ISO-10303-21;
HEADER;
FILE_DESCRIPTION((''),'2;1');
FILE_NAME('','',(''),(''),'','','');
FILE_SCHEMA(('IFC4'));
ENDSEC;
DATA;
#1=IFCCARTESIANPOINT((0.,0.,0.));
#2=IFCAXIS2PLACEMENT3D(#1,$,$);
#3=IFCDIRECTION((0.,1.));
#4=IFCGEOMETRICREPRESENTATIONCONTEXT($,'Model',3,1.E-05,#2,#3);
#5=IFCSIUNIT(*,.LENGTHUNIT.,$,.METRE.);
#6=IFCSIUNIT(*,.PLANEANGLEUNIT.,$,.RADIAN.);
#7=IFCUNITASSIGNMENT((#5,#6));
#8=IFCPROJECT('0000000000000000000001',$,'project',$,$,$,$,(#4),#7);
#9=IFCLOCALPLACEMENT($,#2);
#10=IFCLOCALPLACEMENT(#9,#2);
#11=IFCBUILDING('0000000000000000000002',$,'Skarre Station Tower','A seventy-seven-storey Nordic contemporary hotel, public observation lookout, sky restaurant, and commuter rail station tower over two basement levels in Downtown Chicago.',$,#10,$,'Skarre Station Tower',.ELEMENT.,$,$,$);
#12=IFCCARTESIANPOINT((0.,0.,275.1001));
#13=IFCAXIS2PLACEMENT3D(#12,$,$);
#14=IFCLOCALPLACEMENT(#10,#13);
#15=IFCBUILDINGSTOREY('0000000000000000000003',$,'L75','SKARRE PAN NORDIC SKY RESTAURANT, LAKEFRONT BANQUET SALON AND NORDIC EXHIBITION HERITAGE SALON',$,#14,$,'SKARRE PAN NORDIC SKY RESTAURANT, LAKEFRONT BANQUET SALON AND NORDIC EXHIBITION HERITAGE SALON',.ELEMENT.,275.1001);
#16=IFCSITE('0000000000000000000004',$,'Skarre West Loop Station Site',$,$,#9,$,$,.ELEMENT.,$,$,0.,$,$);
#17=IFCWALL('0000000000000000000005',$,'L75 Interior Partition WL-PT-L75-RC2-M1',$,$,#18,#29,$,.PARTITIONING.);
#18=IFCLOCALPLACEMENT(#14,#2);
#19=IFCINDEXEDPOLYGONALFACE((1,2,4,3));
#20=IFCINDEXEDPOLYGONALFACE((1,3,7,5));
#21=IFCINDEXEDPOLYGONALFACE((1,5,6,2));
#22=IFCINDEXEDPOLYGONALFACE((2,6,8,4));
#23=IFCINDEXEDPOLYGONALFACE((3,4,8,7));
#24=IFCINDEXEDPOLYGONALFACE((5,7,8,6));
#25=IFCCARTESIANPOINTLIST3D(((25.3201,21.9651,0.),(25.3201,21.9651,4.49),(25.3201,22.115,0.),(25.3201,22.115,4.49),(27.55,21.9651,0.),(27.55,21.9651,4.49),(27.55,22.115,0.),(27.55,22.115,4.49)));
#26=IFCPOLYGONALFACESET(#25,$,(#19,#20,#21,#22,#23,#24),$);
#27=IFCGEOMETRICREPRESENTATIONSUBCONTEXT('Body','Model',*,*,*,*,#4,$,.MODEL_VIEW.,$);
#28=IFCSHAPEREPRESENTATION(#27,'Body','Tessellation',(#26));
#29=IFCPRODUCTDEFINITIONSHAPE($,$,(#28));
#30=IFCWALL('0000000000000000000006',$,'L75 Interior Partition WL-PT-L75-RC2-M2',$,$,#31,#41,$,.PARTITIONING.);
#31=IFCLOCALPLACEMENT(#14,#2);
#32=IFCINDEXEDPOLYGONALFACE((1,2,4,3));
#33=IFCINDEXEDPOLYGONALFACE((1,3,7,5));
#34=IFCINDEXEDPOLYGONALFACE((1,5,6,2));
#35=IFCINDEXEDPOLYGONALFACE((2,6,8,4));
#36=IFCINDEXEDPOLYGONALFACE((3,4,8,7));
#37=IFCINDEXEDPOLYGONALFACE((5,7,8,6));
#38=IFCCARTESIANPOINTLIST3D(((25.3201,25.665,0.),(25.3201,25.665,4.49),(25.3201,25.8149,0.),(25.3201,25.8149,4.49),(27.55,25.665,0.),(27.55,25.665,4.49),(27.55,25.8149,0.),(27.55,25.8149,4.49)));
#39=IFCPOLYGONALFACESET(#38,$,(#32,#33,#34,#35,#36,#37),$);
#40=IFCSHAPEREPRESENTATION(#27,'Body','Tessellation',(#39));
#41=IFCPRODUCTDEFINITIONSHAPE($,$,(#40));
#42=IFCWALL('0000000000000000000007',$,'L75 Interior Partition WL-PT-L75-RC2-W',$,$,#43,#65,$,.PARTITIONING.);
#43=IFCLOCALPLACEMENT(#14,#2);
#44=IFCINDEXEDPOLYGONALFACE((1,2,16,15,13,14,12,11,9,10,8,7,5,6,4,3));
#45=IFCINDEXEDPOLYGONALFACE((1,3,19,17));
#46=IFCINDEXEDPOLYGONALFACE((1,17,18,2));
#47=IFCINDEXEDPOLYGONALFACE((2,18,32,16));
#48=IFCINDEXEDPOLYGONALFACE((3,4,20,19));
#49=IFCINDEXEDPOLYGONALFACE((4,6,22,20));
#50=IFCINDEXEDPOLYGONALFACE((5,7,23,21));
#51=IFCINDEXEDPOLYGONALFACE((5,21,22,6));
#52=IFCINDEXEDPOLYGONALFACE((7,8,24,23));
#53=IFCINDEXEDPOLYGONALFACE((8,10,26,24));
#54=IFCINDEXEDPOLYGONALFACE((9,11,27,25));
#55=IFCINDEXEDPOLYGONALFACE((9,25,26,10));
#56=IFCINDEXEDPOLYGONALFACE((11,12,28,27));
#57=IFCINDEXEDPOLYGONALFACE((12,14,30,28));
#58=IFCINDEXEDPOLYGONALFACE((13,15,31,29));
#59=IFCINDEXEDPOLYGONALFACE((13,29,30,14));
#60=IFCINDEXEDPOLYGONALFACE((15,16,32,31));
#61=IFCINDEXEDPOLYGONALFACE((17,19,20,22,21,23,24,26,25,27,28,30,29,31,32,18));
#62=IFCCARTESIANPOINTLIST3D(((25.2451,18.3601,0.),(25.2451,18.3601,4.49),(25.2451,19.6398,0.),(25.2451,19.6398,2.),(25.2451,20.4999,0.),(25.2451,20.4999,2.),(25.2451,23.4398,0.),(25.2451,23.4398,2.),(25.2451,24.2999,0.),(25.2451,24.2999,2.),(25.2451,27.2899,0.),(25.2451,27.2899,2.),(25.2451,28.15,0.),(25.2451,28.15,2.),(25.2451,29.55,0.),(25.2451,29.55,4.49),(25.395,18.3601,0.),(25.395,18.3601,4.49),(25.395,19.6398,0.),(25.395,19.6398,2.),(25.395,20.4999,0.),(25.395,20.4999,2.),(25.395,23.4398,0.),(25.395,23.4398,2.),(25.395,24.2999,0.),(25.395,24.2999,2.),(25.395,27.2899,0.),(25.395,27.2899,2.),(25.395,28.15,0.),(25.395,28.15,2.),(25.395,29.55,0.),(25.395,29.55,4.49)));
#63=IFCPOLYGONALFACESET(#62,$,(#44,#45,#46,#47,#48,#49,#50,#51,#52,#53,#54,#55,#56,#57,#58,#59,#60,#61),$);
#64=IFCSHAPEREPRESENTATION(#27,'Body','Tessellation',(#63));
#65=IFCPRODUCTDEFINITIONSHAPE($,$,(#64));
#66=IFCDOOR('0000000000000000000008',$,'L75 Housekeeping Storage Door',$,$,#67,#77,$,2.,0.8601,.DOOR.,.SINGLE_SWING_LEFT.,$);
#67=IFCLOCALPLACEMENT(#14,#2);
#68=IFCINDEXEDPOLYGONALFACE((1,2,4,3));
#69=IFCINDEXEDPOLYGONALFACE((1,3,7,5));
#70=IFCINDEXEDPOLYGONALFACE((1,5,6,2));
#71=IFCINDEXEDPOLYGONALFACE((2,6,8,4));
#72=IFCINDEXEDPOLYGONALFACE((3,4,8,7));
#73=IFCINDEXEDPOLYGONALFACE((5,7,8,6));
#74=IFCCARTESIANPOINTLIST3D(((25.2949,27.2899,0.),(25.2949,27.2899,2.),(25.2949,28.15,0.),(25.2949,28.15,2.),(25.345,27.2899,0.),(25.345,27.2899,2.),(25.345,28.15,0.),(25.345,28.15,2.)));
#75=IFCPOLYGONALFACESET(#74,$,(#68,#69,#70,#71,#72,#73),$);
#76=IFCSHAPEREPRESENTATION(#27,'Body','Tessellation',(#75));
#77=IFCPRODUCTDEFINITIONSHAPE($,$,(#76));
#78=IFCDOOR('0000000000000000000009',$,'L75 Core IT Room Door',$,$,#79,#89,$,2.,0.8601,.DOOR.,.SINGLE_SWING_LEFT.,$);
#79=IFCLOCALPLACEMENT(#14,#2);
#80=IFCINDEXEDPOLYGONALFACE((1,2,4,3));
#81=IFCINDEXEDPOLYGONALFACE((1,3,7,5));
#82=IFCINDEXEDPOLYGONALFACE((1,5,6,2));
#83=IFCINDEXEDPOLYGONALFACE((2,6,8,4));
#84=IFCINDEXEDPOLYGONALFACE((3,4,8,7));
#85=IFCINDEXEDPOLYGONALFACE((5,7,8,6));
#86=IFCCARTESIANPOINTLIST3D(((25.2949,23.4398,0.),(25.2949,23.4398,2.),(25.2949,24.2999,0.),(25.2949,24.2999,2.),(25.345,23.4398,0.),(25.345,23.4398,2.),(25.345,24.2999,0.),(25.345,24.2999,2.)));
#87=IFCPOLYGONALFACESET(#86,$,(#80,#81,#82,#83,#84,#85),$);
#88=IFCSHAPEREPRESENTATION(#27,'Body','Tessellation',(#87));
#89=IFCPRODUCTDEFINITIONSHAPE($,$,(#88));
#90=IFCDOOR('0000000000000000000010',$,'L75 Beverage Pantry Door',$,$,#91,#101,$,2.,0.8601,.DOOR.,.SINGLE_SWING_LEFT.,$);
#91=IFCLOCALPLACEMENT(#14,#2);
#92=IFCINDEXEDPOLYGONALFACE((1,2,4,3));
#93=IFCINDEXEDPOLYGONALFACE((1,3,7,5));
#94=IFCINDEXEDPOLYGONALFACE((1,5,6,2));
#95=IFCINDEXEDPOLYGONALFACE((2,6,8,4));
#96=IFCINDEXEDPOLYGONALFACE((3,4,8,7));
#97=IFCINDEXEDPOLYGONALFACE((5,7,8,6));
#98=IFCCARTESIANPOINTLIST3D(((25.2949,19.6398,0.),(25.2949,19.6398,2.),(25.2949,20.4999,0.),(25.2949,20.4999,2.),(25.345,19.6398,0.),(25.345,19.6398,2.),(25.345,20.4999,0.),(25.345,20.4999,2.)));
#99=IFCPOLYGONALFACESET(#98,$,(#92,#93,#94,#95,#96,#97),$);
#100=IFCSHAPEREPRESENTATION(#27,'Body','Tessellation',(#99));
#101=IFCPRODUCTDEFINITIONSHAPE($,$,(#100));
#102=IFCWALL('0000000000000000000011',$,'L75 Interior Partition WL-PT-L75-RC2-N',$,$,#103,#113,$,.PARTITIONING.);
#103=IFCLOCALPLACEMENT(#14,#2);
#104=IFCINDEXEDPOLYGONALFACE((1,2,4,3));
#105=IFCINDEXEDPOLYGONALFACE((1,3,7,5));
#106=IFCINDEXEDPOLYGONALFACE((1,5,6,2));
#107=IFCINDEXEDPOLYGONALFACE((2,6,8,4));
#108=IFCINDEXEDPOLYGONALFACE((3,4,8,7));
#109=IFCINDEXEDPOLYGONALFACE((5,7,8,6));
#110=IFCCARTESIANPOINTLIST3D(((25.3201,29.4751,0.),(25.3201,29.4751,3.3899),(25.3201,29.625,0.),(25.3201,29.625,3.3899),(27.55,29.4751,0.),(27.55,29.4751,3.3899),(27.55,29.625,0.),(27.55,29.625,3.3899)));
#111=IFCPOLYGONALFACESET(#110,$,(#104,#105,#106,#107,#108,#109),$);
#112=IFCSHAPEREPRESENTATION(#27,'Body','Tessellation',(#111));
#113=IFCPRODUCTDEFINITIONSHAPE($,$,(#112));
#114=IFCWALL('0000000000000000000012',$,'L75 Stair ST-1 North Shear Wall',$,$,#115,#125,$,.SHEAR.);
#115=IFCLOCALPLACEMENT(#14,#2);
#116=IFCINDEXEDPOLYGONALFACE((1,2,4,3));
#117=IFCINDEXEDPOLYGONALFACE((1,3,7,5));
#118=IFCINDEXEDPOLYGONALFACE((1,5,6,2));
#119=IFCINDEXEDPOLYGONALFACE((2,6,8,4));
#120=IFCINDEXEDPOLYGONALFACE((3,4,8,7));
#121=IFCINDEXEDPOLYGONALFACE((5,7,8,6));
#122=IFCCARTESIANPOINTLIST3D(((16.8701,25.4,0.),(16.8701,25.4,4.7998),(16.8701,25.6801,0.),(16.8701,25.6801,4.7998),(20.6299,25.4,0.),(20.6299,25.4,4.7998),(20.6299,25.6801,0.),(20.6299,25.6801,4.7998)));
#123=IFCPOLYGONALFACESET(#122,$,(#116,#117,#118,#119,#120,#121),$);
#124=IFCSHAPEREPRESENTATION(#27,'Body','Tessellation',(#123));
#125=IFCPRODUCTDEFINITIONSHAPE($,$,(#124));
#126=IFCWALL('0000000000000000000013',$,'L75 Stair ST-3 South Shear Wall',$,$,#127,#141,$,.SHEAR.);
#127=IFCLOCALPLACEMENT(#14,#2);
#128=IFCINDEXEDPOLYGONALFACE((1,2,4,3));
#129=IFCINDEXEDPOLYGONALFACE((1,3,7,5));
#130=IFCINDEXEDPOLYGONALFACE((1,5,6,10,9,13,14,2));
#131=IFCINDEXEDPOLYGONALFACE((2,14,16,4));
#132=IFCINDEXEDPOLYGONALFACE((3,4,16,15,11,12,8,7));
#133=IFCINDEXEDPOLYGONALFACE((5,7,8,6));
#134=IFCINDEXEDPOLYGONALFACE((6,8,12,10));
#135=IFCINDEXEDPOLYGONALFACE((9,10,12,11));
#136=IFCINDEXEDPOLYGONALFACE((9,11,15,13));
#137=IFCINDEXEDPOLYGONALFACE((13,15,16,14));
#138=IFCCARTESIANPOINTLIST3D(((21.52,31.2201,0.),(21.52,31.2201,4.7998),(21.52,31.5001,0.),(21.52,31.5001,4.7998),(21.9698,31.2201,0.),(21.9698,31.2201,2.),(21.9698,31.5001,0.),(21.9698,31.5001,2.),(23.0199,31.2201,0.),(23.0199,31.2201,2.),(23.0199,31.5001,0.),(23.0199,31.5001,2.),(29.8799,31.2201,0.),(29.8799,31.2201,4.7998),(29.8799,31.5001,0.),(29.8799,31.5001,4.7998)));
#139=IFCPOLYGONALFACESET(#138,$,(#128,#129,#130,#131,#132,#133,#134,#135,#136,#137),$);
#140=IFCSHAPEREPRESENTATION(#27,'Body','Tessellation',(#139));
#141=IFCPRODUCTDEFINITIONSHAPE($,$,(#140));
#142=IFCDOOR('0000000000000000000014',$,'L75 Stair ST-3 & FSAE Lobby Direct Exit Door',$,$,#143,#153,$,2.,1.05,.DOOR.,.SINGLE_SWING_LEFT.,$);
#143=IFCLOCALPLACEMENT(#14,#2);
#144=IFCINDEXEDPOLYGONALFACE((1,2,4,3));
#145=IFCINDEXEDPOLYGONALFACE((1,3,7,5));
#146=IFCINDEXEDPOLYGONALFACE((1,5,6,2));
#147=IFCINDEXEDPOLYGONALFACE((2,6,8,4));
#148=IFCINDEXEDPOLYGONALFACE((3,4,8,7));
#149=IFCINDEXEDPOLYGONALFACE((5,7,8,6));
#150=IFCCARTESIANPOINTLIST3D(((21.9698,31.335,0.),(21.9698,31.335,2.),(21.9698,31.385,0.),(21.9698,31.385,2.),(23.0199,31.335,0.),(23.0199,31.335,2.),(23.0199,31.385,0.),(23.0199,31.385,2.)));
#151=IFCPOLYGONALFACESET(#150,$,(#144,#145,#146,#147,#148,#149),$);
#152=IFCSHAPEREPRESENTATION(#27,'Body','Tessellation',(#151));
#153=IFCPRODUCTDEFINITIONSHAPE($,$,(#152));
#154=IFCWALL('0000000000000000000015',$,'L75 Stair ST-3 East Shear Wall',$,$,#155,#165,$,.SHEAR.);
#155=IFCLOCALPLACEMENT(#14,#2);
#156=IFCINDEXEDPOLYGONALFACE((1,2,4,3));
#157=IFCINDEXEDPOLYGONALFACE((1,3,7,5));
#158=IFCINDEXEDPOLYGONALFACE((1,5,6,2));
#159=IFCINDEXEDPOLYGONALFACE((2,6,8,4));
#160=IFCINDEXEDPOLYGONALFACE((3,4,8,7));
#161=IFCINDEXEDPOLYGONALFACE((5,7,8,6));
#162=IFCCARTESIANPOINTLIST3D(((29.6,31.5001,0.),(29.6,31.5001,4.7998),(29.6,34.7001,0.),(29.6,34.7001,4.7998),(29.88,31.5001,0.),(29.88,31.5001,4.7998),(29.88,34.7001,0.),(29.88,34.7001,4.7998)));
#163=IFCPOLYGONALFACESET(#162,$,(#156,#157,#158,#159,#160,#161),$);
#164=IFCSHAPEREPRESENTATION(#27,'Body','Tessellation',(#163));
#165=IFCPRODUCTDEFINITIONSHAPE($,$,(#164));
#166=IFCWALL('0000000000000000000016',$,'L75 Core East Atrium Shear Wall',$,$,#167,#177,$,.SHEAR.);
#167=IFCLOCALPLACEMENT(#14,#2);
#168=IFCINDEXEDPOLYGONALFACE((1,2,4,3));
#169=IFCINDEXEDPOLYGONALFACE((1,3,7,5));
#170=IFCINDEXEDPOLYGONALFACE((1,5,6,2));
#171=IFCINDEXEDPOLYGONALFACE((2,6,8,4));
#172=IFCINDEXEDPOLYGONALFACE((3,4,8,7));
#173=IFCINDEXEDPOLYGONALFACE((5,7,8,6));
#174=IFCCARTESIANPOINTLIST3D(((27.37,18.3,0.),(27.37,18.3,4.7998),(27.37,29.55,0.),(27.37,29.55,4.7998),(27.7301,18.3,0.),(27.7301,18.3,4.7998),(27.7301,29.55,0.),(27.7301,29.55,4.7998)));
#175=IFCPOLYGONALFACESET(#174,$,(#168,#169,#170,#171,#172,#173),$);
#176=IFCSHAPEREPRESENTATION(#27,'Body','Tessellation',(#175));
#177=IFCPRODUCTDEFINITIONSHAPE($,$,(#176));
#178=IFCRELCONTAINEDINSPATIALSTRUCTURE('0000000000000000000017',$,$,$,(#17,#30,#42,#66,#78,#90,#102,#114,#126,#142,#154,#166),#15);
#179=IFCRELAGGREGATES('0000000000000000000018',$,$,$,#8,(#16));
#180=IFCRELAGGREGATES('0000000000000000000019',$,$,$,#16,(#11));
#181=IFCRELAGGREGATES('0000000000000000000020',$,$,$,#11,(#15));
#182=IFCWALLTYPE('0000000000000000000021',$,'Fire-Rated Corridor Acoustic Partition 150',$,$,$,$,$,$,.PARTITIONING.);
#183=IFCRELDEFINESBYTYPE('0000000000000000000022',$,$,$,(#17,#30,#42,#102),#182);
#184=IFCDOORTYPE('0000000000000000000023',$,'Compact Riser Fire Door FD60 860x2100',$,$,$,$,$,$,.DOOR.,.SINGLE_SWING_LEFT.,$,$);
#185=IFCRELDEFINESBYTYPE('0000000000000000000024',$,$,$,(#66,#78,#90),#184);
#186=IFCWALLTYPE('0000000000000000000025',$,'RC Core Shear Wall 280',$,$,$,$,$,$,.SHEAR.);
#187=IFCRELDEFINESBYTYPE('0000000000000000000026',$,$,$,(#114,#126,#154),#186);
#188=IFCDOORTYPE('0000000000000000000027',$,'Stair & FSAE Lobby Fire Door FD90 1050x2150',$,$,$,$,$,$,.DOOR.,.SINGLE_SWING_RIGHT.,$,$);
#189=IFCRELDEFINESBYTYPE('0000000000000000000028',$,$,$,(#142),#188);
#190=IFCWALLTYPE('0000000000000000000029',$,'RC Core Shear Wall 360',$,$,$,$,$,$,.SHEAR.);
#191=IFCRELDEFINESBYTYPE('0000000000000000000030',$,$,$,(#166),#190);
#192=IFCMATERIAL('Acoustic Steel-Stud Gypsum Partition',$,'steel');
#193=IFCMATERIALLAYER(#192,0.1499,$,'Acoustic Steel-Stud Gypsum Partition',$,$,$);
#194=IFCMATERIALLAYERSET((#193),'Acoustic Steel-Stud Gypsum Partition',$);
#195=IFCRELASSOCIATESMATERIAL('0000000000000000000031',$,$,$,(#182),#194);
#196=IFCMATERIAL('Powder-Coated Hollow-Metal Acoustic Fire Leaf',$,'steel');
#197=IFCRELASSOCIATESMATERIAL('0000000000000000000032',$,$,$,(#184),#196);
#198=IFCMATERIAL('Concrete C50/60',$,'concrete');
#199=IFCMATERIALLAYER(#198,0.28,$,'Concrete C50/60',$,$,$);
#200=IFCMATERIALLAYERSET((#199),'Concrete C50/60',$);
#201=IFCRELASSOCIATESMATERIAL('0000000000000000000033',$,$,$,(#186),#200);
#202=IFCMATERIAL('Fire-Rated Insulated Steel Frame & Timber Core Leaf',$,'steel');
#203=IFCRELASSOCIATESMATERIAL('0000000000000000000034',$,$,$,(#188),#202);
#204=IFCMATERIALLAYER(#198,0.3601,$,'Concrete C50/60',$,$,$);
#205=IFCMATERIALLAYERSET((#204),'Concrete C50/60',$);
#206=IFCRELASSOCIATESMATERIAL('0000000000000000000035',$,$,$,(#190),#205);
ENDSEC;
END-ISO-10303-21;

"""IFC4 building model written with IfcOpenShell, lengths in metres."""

from ifc_helpers import new_model, si_unit, direction, frame, frame_2d, origin, place, context, subcontext, project, spatial, rectangle, extrude, material, layer, layer_set, type_object, element, fill, save


model = new_model("IFC4")

# Units and contexts
model_context = context("Model", 3, precision=1e-05, world=origin(), true_north=direction((0.0, 1.0)))
body_context = subcontext(model_context, "Body", "Model", "MODEL_VIEW")
ifc_project = project(units=[si_unit("LENGTHUNIT", "METRE"), si_unit("PLANEANGLEUNIT", "RADIAN")], contexts=[model_context])

# Site, building, storey
site_placement = place(None, origin())
site = spatial("IfcSite", under=ifc_project, at=site_placement, Name="Skarre West Loop Station Site", CompositionType="ELEMENT", RefElevation=0.0)
building_placement = place(site_placement, origin())
building = spatial("IfcBuilding", under=site, at=building_placement, Name="Skarre Station Tower", Description="A seventy-seven-storey Nordic contemporary hotel, public observation lookout, sky restaurant, and commuter rail station tower over two basement levels in Downtown Chicago.", LongName="Skarre Station Tower", CompositionType="ELEMENT")
storey_placement = place(building_placement, frame((0.0, 0.0, 275.1001)))
storey = spatial("IfcBuildingStorey", under=building, at=storey_placement, Name="L75", Description="SKARRE PAN NORDIC SKY RESTAURANT, LAKEFRONT BANQUET SALON AND NORDIC EXHIBITION HERITAGE SALON", LongName="SKARRE PAN NORDIC SKY RESTAURANT, LAKEFRONT BANQUET SALON AND NORDIC EXHIBITION HERITAGE SALON", CompositionType="ELEMENT", Elevation=275.1001)

# Walls
ifc_material_1 = material(Name="Acoustic Steel-Stud Gypsum Partition", Category="steel")
ifc_layer_1 = layer(ifc_material_1, 0.1499, Name="Acoustic Steel-Stud Gypsum Partition")
ifc_layer_set_1 = layer_set([ifc_layer_1], Name="Acoustic Steel-Stud Gypsum Partition")
wall_type_1 = type_object("IfcWallType", Name="Fire-Rated Corridor Acoustic Partition 150", PredefinedType="PARTITIONING", material=ifc_layer_set_1)
for number, where, z_axis, x_axis, name in (
    (1, (25.3201, 22.04, 0.0), (0.0, 0.0, 1.0), (1.0, 0.0, 0.0), "L75 Interior Partition WL-PT-L75-RC2-M1"),
    (2, (25.3201, 25.74, 0.0), (0.0, 0.0, 1.0), (1.0, 0.0, 0.0), "L75 Interior Partition WL-PT-L75-RC2-M2"),
):
    element("IfcWall", number, at=place(storey_placement, frame(where, z_axis=z_axis, x_axis=x_axis)), inside=storey, type_object=wall_type_1, Name=name, PredefinedType="PARTITIONING", context=body_context, shape_type="SweptSolid", body=[
        extrude(rectangle(XDim=2.23, YDim=0.1499, at=frame_2d((1.115, 0.0))), origin(), (0.0, 0.0, 1.0), 4.49),
    ])

# Wall, openings, doors
wall_1_placement = place(storey_placement, frame((25.3201, 29.55, 0.0), z_axis=(0.0, 0.0, 1.0), x_axis=(0.0, -1.0, 0.0)))
wall_1 = element("IfcWall", 3, at=wall_1_placement, inside=storey, type_object=wall_type_1, Name="L75 Interior Partition WL-PT-L75-RC2-W", PredefinedType="PARTITIONING", context=body_context, shape_type="SweptSolid", body=[
    extrude(rectangle(XDim=11.1899, YDim=0.1499, at=frame_2d((5.595, 0.0))), origin(), (0.0, 0.0, 1.0), 4.49),
])
opening_1_placement = place(wall_1_placement, frame((1.3999, 0.0, 0.0)))
opening_1 = element("IfcOpeningElement", 4, at=opening_1_placement, cuts=wall_1, PredefinedType="OPENING", context=body_context, shape_type="SweptSolid", body=[
    extrude(rectangle(XDim=0.8601, YDim=2.0, at=frame_2d((0.4302, 1.0))), frame((0.0, 0.085, 0.0), z_axis=(0.0, -1.0, 0.0), x_axis=(1.0, 0.0, 0.0)), (0.0, 0.0, 1.0), 0.1699),
])
opening_2_placement = place(wall_1_placement, frame((5.25, 0.0, 0.0)))
opening_2 = element("IfcOpeningElement", 5, at=opening_2_placement, cuts=wall_1, PredefinedType="OPENING", context=body_context, shape_type="SweptSolid", body=[
    extrude(rectangle(XDim=0.8601, YDim=2.0, at=frame_2d((0.4302, 1.0))), frame((0.0, 0.085, 0.0), z_axis=(0.0, -1.0, 0.0), x_axis=(1.0, 0.0, 0.0)), (0.0, 0.0, 1.0), 0.1699),
])
opening_3_placement = place(wall_1_placement, frame((9.05, 0.0, 0.0)))
opening_3 = element("IfcOpeningElement", 6, at=opening_3_placement, cuts=wall_1, PredefinedType="OPENING", context=body_context, shape_type="SweptSolid", body=[
    extrude(rectangle(XDim=0.8601, YDim=2.0, at=frame_2d((0.4302, 1.0))), frame((0.0, 0.085, 0.0), z_axis=(0.0, -1.0, 0.0), x_axis=(1.0, 0.0, 0.0)), (0.0, 0.0, 1.0), 0.1699),
])
ifc_material_2 = material(Name="Powder-Coated Hollow-Metal Acoustic Fire Leaf", Category="steel")
door_type_1 = type_object("IfcDoorType", Name="Compact Riser Fire Door FD60 860x2100", OperationType="SINGLE_SWING_LEFT", PredefinedType="DOOR", material=ifc_material_2)
door_1_placement = place(opening_1_placement, origin())
door_1 = element("IfcDoor", 7, at=door_1_placement, inside=storey, type_object=door_type_1, Name="L75 Housekeeping Storage Door", OperationType="SINGLE_SWING_LEFT", OverallHeight=2.0, OverallWidth=0.8601, PredefinedType="DOOR", context=body_context, shape_type="SweptSolid", body=[
    extrude(rectangle(XDim=0.8601, YDim=2.0, at=frame_2d((0.4302, 1.0))), frame((0.0, 0.0249, 0.0), z_axis=(0.0, -1.0, 0.0), x_axis=(1.0, 0.0, 0.0)), (0.0, 0.0, 1.0), 0.05),
])
fill(opening_1, door_1)
door_2_placement = place(opening_2_placement, origin())
door_2 = element("IfcDoor", 8, at=door_2_placement, inside=storey, type_object=door_type_1, Name="L75 Core IT Room Door", OperationType="SINGLE_SWING_LEFT", OverallHeight=2.0, OverallWidth=0.8601, PredefinedType="DOOR", context=body_context, shape_type="SweptSolid", body=[
    extrude(rectangle(XDim=0.8601, YDim=2.0, at=frame_2d((0.4302, 1.0))), frame((0.0, 0.0249, 0.0), z_axis=(0.0, -1.0, 0.0), x_axis=(1.0, 0.0, 0.0)), (0.0, 0.0, 1.0), 0.05),
])
fill(opening_2, door_2)
door_3_placement = place(opening_3_placement, origin())
door_3 = element("IfcDoor", 9, at=door_3_placement, inside=storey, type_object=door_type_1, Name="L75 Beverage Pantry Door", OperationType="SINGLE_SWING_LEFT", OverallHeight=2.0, OverallWidth=0.8601, PredefinedType="DOOR", context=body_context, shape_type="SweptSolid", body=[
    extrude(rectangle(XDim=0.8601, YDim=2.0, at=frame_2d((0.4302, 1.0))), frame((0.0, 0.0249, 0.0), z_axis=(0.0, -1.0, 0.0), x_axis=(1.0, 0.0, 0.0)), (0.0, 0.0, 1.0), 0.05),
])
fill(opening_3, door_3)

# Walls
wall_2_placement = place(storey_placement, frame((27.55, 29.55, 0.0), z_axis=(0.0, 0.0, 1.0), x_axis=(-1.0, 0.0, 0.0)))
element("IfcWall", 10, at=wall_2_placement, inside=storey, type_object=wall_type_1, Name="L75 Interior Partition WL-PT-L75-RC2-N", PredefinedType="PARTITIONING", context=body_context, shape_type="SweptSolid", body=[
    extrude(rectangle(XDim=2.23, YDim=0.1499, at=frame_2d((1.115, 0.0))), origin(), (0.0, 0.0, 1.0), 3.3899),
])
ifc_material_3 = material(Name="Concrete C50/60", Category="concrete")
ifc_layer_2 = layer(ifc_material_3, 0.28, Name="Concrete C50/60")
ifc_layer_set_2 = layer_set([ifc_layer_2], Name="Concrete C50/60")
wall_type_2 = type_object("IfcWallType", Name="RC Core Shear Wall 280", PredefinedType="SHEAR", material=ifc_layer_set_2)
wall_3_placement = place(storey_placement, frame((20.6299, 25.54, 0.0), z_axis=(0.0, 0.0, 1.0), x_axis=(-1.0, 0.0, 0.0)))
element("IfcWall", 11, at=wall_3_placement, inside=storey, type_object=wall_type_2, Name="L75 Stair ST-1 North Shear Wall", PredefinedType="SHEAR", context=body_context, shape_type="SweptSolid", body=[
    extrude(rectangle(XDim=3.7598, YDim=0.28, at=frame_2d((1.8799, 0.0))), origin(), (0.0, 0.0, 1.0), 4.7998),
])

# Wall, opening, door
wall_4_placement = place(storey_placement, frame((21.52, 31.3601, 0.0), z_axis=(0.0, 0.0, 1.0), x_axis=(1.0, 0.0, 0.0)))
wall_4 = element("IfcWall", 12, at=wall_4_placement, inside=storey, type_object=wall_type_2, Name="L75 Stair ST-3 South Shear Wall", PredefinedType="SHEAR", context=body_context, shape_type="SweptSolid", body=[
    extrude(rectangle(XDim=8.3599, YDim=0.28, at=frame_2d((4.1799, 0.0))), origin(), (0.0, 0.0, 1.0), 4.7998),
])
opening_4_placement = place(wall_4_placement, frame((0.45, 0.0, 0.0)))
opening_4 = element("IfcOpeningElement", 13, at=opening_4_placement, cuts=wall_4, PredefinedType="OPENING", context=body_context, shape_type="SweptSolid", body=[
    extrude(rectangle(XDim=1.05, YDim=2.0, at=frame_2d((0.5249, 1.0))), frame((0.0, 0.1499, 0.0), z_axis=(0.0, -1.0, 0.0), x_axis=(1.0, 0.0, 0.0)), (0.0, 0.0, 1.0), 0.3),
])
ifc_material_4 = material(Name="Fire-Rated Insulated Steel Frame & Timber Core Leaf", Category="steel")
door_type_2 = type_object("IfcDoorType", Name="Stair & FSAE Lobby Fire Door FD90 1050x2150", OperationType="SINGLE_SWING_RIGHT", PredefinedType="DOOR", material=ifc_material_4)
door_4_placement = place(opening_4_placement, origin())
door_4 = element("IfcDoor", 14, at=door_4_placement, inside=storey, type_object=door_type_2, Name="L75 Stair ST-3 & FSAE Lobby Direct Exit Door", OperationType="SINGLE_SWING_LEFT", OverallHeight=2.0, OverallWidth=1.05, PredefinedType="DOOR", context=body_context, shape_type="SweptSolid", body=[
    extrude(rectangle(XDim=1.05, YDim=2.0, at=frame_2d((0.5249, 1.0))), frame((0.0, 0.0249, 0.0), z_axis=(0.0, -1.0, 0.0), x_axis=(1.0, 0.0, 0.0)), (0.0, 0.0, 1.0), 0.05),
])
fill(opening_4, door_4)

# Walls
wall_5_placement = place(storey_placement, frame((29.74, 31.5, 0.0), z_axis=(0.0, 0.0, 1.0), x_axis=(0.0, 1.0, 0.0)))
element("IfcWall", 15, at=wall_5_placement, inside=storey, type_object=wall_type_2, Name="L75 Stair ST-3 East Shear Wall", PredefinedType="SHEAR", context=body_context, shape_type="SweptSolid", body=[
    extrude(rectangle(XDim=3.2, YDim=0.28, at=frame_2d((1.6001, 0.0))), origin(), (0.0, 0.0, 1.0), 4.7998),
])
ifc_layer_3 = layer(ifc_material_3, 0.3601, Name="Concrete C50/60")
ifc_layer_set_3 = layer_set([ifc_layer_3], Name="Concrete C50/60")
wall_type_3 = type_object("IfcWallType", Name="RC Core Shear Wall 360", PredefinedType="SHEAR", material=ifc_layer_set_3)
wall_6_placement = place(storey_placement, frame((27.55, 29.55, 0.0), z_axis=(0.0, 0.0, 1.0), x_axis=(0.0, -1.0, 0.0)))
element("IfcWall", 16, at=wall_6_placement, inside=storey, type_object=wall_type_3, Name="L75 Core East Atrium Shear Wall", PredefinedType="SHEAR", context=body_context, shape_type="SweptSolid", body=[
    extrude(rectangle(XDim=11.25, YDim=0.3601, at=frame_2d((5.625, 0.0))), origin(), (0.0, 0.0, 1.0), 4.7998),
])

save(model, "model.ifc")
